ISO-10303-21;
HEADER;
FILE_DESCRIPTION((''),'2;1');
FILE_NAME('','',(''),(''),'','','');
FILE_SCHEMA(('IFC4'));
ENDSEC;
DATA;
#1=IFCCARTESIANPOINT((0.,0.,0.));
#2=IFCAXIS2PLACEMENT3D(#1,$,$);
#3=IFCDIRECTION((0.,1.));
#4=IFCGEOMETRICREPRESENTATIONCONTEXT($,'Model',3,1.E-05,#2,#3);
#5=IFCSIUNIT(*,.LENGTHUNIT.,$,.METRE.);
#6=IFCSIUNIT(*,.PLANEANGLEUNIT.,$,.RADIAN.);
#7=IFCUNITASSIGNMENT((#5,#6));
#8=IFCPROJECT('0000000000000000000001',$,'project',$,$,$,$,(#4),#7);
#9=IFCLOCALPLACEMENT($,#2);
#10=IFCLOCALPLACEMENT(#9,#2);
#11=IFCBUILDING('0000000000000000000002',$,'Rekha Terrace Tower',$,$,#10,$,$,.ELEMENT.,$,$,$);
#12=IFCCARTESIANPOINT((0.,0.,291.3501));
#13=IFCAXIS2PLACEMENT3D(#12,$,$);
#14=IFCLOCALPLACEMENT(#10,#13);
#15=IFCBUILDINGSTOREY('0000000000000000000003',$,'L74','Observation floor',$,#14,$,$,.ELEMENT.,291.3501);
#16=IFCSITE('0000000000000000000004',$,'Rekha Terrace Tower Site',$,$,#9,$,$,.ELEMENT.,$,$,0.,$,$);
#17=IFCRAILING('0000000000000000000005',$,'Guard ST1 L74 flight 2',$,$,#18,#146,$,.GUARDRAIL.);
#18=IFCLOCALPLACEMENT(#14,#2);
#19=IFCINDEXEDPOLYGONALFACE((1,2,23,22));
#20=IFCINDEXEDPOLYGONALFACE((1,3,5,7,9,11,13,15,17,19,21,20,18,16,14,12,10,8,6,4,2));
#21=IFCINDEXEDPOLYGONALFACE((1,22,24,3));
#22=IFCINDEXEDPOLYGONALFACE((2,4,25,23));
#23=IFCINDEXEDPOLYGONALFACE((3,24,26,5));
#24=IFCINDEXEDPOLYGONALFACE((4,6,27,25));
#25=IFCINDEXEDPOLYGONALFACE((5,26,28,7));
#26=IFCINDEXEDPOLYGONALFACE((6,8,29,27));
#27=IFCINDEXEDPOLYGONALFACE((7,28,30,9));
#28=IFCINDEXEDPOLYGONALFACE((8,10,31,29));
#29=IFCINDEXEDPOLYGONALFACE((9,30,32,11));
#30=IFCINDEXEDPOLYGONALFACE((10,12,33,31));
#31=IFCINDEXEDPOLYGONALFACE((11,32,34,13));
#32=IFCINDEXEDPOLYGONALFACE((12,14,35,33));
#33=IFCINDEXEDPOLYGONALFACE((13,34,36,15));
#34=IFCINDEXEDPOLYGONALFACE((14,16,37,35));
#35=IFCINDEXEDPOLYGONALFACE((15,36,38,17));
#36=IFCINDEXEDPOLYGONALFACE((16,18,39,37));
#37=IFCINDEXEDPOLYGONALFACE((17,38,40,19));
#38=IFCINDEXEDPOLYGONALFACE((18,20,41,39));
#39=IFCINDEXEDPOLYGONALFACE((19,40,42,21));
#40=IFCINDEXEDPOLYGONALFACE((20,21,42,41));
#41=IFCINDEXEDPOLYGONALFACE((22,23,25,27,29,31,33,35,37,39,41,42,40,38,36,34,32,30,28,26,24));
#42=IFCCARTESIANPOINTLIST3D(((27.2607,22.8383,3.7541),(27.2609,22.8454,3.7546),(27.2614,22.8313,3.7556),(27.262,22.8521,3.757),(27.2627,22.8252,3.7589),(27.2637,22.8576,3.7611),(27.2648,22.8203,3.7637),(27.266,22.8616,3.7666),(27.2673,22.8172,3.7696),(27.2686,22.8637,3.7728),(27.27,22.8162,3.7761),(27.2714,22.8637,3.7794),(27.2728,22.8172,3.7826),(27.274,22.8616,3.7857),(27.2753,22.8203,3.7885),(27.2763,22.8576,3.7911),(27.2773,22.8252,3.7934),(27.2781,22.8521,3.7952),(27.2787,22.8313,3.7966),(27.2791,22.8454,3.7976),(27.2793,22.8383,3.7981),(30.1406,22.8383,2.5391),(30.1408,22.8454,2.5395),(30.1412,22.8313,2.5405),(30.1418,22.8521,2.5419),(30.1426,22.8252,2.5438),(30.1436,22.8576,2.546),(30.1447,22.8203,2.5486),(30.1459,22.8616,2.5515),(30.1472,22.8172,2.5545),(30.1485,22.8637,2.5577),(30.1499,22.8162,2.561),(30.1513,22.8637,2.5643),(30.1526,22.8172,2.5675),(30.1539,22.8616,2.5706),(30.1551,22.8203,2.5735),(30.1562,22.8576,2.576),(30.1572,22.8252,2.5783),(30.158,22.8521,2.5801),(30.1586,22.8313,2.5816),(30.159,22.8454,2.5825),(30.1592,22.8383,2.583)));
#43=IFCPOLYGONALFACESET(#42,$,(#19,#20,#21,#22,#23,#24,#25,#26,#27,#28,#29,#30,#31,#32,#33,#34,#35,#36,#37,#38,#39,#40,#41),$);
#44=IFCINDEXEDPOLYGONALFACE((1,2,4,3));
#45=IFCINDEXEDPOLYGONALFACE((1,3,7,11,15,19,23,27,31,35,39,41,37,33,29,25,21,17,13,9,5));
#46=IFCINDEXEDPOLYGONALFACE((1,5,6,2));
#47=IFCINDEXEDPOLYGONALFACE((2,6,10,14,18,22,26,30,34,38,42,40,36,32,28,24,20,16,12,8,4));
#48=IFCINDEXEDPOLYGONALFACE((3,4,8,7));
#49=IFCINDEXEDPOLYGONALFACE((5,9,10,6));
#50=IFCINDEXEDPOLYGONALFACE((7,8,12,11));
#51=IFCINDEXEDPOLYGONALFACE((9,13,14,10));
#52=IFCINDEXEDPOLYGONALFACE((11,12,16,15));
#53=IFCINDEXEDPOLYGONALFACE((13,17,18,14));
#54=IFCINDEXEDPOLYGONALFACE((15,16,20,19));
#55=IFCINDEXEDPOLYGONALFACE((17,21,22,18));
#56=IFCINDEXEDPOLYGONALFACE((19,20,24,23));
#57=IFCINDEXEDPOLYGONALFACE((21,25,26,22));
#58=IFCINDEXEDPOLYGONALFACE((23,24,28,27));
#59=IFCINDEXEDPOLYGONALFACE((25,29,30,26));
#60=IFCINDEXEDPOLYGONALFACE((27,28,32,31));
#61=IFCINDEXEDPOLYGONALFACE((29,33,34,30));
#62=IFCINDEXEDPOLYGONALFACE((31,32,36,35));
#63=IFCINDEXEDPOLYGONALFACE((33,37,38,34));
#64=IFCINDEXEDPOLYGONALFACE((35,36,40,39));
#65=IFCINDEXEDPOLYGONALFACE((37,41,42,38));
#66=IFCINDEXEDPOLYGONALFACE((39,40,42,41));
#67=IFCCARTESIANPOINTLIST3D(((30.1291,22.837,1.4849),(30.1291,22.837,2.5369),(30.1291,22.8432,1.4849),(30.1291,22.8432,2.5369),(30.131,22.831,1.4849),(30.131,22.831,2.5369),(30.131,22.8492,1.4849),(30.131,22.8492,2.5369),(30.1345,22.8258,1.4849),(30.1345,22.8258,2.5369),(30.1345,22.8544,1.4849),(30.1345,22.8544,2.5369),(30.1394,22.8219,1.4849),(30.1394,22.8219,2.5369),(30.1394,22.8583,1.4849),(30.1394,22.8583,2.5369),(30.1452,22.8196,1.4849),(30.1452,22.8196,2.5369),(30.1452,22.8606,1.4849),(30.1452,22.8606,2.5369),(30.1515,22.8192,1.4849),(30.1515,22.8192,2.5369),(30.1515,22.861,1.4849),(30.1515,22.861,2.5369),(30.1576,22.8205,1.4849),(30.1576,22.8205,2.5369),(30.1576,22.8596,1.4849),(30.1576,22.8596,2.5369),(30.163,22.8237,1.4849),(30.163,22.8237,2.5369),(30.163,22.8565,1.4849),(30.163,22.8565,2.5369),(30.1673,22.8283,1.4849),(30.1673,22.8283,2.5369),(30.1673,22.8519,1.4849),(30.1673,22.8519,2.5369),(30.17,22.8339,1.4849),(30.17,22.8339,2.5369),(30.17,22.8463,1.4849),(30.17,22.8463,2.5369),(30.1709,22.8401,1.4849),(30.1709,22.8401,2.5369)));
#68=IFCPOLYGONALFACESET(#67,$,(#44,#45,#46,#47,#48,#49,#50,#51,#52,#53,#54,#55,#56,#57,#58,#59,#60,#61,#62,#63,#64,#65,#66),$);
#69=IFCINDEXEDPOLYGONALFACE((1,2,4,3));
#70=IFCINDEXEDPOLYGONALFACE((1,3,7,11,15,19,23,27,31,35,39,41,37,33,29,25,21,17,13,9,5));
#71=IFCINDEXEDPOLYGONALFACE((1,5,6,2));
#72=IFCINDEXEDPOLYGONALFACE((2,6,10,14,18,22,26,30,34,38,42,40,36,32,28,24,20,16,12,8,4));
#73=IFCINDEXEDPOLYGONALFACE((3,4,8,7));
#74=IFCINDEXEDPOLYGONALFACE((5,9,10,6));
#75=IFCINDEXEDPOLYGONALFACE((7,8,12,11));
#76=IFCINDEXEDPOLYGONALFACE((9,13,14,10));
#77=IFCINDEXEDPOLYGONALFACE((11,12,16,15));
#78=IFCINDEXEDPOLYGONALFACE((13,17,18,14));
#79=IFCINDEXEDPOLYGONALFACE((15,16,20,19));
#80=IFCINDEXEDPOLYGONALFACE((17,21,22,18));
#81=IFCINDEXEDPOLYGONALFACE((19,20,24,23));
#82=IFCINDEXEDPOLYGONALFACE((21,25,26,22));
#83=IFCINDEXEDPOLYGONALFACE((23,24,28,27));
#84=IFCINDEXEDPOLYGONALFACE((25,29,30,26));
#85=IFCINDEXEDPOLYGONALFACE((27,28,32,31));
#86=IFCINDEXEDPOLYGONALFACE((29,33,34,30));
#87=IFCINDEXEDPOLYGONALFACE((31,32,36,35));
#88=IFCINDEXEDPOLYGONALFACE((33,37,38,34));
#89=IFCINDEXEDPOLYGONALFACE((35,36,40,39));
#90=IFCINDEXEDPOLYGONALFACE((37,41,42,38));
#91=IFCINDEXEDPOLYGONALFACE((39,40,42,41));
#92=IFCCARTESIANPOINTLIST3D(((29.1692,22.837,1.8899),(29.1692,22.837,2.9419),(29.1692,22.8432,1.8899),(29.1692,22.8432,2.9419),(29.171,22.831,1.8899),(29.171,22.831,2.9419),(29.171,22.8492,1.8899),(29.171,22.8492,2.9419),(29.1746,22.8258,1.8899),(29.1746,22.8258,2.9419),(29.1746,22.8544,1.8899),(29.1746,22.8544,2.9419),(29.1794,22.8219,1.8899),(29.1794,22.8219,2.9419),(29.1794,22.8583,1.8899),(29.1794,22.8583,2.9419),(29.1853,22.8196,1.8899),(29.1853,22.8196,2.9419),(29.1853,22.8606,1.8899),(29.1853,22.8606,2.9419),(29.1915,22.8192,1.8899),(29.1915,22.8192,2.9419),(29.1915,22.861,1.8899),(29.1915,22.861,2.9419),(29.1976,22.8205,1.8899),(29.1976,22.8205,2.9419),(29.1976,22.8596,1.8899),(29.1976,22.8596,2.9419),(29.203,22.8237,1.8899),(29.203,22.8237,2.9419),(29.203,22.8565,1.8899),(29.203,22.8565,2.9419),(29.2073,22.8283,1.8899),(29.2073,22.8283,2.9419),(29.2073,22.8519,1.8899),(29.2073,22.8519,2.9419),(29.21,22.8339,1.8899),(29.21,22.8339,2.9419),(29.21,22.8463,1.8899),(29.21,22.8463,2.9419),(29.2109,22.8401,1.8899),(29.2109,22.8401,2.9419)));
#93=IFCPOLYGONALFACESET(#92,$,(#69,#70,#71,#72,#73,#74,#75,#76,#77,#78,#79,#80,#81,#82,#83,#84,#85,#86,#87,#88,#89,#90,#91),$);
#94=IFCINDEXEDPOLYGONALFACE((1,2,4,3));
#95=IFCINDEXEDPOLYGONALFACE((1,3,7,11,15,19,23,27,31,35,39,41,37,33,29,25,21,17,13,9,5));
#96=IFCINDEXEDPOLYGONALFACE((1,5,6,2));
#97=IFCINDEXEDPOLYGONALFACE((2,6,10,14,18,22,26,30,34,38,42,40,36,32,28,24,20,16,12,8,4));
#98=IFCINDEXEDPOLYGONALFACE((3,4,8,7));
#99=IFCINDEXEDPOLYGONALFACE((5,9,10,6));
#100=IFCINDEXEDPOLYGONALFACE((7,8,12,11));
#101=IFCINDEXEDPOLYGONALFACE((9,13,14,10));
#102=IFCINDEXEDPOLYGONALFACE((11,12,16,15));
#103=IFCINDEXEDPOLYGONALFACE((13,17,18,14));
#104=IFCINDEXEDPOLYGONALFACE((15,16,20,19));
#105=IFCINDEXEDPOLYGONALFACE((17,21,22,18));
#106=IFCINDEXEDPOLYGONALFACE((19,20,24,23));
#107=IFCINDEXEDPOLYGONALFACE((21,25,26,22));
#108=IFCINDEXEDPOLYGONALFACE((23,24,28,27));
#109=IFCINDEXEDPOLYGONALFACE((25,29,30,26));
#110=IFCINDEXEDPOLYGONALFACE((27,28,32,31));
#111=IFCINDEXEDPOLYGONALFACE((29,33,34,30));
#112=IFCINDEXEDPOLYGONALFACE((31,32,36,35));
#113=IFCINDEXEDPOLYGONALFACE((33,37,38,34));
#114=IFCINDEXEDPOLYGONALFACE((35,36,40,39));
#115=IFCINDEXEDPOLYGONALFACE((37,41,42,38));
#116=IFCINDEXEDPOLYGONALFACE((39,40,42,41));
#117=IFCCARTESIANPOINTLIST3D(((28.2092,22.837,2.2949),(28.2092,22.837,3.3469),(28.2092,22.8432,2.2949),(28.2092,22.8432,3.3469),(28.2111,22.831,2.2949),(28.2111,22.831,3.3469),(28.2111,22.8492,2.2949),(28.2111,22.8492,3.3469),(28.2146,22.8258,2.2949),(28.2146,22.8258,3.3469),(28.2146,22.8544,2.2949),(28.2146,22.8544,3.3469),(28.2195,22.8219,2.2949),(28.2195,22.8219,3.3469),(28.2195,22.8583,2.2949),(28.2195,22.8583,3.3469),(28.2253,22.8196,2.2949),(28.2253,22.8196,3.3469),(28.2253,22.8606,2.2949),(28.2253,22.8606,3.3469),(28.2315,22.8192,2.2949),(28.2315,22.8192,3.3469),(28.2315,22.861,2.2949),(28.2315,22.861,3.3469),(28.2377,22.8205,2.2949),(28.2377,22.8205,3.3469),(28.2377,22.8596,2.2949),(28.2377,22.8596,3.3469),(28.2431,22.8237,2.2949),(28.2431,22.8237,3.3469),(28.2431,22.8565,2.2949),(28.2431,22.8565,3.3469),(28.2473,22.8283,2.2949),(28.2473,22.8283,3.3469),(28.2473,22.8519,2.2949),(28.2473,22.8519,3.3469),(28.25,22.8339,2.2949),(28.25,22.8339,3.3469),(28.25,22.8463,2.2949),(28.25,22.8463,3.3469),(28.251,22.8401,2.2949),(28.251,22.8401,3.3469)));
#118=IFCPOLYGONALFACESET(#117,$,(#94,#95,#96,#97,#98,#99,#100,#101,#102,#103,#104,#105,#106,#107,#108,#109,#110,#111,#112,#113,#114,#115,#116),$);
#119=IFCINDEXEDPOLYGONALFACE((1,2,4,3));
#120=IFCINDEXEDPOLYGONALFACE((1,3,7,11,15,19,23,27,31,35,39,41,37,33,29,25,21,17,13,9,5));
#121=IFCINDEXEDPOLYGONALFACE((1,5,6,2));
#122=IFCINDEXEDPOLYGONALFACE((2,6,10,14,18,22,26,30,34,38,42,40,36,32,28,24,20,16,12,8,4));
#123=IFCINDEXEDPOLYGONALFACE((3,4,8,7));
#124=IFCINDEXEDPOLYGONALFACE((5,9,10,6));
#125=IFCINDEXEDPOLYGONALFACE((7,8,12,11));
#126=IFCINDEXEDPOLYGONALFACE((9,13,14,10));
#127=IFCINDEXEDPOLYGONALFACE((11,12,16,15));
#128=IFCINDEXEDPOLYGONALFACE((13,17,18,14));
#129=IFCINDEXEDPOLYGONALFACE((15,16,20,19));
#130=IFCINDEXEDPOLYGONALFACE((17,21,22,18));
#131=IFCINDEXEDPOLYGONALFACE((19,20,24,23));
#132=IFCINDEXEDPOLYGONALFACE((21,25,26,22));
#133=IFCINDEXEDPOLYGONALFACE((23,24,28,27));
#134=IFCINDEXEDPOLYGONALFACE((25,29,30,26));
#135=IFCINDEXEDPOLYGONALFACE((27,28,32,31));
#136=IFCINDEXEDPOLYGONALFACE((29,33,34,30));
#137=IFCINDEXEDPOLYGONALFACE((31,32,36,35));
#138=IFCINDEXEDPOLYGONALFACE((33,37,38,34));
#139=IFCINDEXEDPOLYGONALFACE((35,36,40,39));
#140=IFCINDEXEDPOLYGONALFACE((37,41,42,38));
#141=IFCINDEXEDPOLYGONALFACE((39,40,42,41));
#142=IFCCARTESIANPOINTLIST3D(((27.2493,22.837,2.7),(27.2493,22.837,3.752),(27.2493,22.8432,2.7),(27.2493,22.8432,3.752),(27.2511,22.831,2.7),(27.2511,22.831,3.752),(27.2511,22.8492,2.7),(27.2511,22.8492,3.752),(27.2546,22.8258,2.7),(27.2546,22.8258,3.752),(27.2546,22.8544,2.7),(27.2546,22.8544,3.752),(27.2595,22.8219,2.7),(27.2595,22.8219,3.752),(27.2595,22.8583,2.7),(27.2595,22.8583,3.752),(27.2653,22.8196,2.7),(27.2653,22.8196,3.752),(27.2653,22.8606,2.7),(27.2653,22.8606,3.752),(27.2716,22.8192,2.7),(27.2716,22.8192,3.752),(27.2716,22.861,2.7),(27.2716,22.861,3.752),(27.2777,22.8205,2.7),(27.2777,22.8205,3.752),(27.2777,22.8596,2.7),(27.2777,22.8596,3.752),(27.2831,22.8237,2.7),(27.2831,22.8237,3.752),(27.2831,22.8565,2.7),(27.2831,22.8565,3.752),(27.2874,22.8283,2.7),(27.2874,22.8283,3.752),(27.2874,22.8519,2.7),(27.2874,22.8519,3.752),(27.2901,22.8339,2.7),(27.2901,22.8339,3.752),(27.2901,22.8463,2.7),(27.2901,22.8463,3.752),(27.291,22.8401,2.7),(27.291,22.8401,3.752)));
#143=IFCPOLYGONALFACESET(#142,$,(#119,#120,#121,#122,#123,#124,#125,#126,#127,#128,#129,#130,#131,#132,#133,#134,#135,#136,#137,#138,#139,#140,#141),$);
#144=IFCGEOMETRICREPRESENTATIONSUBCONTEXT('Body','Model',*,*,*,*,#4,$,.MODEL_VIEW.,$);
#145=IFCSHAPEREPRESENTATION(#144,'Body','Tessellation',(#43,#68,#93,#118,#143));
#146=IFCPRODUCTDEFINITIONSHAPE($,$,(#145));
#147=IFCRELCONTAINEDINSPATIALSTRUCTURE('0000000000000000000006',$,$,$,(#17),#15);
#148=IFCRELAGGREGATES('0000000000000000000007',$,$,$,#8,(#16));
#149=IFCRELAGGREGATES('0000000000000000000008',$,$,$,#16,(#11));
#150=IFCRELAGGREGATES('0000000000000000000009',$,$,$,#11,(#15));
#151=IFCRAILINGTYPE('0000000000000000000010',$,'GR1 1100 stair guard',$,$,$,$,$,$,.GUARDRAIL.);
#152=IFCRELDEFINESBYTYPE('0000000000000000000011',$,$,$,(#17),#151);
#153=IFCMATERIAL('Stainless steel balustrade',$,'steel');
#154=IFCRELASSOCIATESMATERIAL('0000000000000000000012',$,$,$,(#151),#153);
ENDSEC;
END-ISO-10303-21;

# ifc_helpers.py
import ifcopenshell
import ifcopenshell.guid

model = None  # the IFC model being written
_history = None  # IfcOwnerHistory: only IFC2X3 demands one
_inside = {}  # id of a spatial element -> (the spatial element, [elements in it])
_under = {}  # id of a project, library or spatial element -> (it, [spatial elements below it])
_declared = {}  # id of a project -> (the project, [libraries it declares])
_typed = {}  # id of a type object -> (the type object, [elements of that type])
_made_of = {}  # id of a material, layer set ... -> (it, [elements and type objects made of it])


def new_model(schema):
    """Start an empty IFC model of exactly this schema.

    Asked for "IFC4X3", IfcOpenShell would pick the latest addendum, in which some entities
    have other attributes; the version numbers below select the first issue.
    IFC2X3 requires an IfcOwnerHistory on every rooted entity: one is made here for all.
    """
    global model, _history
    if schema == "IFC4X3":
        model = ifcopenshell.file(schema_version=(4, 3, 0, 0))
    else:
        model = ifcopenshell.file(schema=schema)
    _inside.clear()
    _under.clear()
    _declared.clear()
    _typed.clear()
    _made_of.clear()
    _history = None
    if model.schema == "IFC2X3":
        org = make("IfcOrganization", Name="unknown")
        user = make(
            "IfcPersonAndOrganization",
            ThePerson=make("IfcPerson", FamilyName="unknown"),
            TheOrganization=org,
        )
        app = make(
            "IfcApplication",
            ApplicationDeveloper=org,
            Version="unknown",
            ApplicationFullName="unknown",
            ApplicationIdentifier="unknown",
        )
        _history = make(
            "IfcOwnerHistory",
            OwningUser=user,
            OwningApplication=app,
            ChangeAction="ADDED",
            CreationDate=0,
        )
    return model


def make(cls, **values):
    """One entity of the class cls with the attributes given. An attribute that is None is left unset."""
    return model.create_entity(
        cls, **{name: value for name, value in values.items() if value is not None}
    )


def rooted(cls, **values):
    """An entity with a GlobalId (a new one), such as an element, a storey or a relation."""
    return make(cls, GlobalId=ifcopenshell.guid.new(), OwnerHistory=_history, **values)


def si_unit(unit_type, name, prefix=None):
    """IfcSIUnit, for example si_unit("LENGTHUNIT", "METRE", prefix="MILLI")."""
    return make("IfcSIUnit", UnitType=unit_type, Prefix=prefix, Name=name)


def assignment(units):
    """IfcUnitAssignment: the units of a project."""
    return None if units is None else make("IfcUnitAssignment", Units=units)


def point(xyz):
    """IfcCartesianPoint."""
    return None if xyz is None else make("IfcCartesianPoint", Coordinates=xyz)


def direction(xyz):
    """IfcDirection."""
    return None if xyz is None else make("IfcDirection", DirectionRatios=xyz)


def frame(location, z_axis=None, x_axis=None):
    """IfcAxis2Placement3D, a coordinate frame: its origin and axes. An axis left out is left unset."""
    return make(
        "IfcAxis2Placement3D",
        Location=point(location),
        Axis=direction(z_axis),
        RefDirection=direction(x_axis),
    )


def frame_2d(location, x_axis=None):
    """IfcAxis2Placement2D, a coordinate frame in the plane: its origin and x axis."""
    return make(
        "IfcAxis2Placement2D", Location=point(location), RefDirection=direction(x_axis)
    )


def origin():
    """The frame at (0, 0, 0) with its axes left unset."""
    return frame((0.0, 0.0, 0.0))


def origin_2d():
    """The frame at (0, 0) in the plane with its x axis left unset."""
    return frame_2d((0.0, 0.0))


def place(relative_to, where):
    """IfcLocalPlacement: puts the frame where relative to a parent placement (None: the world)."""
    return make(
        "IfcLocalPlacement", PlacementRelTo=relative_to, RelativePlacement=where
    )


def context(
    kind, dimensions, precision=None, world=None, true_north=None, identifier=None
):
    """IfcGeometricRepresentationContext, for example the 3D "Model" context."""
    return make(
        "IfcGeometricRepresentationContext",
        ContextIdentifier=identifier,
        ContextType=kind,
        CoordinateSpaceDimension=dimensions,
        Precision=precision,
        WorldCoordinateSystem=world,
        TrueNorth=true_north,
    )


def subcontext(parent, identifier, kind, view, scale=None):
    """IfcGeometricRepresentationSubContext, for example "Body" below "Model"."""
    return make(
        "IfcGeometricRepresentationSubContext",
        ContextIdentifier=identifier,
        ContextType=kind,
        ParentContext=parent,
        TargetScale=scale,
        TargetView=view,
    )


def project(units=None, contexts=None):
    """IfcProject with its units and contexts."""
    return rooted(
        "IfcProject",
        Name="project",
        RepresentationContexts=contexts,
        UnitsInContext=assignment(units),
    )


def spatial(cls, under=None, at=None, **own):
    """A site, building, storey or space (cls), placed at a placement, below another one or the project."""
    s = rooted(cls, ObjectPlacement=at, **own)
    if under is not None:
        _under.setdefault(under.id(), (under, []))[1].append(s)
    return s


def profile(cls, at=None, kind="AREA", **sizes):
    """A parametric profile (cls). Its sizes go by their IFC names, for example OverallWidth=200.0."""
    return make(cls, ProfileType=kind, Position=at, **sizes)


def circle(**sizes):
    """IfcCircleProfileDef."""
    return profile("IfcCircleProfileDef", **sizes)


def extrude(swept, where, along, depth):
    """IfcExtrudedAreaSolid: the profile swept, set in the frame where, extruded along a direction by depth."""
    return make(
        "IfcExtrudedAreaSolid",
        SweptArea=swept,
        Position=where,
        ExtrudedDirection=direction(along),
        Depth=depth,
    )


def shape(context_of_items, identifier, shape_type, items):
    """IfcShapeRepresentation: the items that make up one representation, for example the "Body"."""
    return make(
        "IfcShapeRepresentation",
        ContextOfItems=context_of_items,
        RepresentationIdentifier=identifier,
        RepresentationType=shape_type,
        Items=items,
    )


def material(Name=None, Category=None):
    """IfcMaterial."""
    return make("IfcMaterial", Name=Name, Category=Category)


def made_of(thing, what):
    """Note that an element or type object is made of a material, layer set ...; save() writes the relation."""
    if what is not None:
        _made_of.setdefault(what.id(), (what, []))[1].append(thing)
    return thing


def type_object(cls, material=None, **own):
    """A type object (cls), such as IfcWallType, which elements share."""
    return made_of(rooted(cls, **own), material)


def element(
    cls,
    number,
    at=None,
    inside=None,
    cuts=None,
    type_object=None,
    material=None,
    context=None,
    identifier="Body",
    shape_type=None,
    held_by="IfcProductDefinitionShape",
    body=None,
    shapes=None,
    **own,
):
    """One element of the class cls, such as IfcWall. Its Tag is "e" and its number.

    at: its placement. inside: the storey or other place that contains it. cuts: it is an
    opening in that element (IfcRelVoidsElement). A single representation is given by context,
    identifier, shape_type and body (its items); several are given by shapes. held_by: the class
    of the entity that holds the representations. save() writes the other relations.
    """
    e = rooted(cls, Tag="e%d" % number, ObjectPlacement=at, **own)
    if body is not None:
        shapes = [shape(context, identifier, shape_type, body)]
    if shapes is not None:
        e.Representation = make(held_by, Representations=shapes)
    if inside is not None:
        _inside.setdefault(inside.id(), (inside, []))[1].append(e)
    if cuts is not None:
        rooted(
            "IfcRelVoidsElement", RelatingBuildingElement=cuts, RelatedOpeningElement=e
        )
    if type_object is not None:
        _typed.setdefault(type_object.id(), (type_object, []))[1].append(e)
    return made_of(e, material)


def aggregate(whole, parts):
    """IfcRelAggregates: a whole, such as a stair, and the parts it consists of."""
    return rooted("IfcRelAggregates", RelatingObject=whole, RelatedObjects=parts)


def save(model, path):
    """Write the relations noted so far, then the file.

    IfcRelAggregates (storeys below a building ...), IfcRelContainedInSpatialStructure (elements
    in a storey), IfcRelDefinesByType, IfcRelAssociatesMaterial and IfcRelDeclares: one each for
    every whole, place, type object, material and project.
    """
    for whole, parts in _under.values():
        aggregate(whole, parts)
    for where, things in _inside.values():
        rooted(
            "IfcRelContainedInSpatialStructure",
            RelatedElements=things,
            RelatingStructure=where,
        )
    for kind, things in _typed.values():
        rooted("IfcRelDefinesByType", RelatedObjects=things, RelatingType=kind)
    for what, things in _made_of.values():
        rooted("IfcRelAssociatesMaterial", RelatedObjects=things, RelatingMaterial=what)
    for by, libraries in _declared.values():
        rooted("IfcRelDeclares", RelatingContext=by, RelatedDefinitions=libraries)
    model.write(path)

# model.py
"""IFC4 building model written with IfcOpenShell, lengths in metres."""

from ifc_helpers import new_model, si_unit, direction, frame, origin, origin_2d, place, context, subcontext, project, spatial, circle, extrude, material, type_object, element, save


model = new_model("IFC4")

# Units and contexts
model_context = context("Model", 3, precision=1e-05, world=origin(), true_north=direction((0.0, 1.0)))
body_context = subcontext(model_context, "Body", "Model", "MODEL_VIEW")
ifc_project = project(units=[si_unit("LENGTHUNIT", "METRE"), si_unit("PLANEANGLEUNIT", "RADIAN")], contexts=[model_context])

# Site, building, storey
site_placement = place(None, origin())
site = spatial("IfcSite", under=ifc_project, at=site_placement, Name="Rekha Terrace Tower Site", CompositionType="ELEMENT", RefElevation=0.0)
building_placement = place(site_placement, origin())
building = spatial("IfcBuilding", under=site, at=building_placement, Name="Rekha Terrace Tower", CompositionType="ELEMENT")
storey_placement = place(building_placement, frame((0.0, 0.0, 291.3501)))
storey = spatial("IfcBuildingStorey", under=building, at=storey_placement, Name="L74", Description="Observation floor", CompositionType="ELEMENT", Elevation=291.3501)

# Railing
ifc_material_1 = material(Name="Stainless steel balustrade", Category="steel")
railing_type_1 = type_object("IfcRailingType", Name="GR1 1100 stair guard", PredefinedType="GUARDRAIL", material=ifc_material_1)
railing_1_placement = place(storey_placement, frame((30.1499, 22.8401, 1.4849)))
element("IfcRailing", 1, at=railing_1_placement, inside=storey, type_object=railing_type_1, Name="Guard ST1 L74 flight 2", PredefinedType="GUARDRAIL", context=body_context, shape_type="SweptSolid", body=[
    extrude(circle(Radius=0.0239, at=origin_2d()), frame((0.0, 0.0, 1.0762), z_axis=(-0.921348, 0.0, 0.388738), x_axis=(0.0, -1.0, 0.0)), (0.0, 0.0, 1.0), 3.1257),
    extrude(circle(Radius=0.021, at=origin_2d()), origin(), (0.0, 0.0, 1.0), 1.052),
    extrude(circle(Radius=0.021, at=origin_2d()), frame((-0.96, 0.0, 0.405)), (0.0, 0.0, 1.0), 1.052),
    extrude(circle(Radius=0.021, at=origin_2d()), frame((-1.9199, 0.0, 0.8101)), (0.0, 0.0, 1.0), 1.052),
    extrude(circle(Radius=0.021, at=origin_2d()), frame((-2.8799, 0.0, 1.2151)), (0.0, 0.0, 1.0), 1.052),
])

save(model, "model.ifc")
